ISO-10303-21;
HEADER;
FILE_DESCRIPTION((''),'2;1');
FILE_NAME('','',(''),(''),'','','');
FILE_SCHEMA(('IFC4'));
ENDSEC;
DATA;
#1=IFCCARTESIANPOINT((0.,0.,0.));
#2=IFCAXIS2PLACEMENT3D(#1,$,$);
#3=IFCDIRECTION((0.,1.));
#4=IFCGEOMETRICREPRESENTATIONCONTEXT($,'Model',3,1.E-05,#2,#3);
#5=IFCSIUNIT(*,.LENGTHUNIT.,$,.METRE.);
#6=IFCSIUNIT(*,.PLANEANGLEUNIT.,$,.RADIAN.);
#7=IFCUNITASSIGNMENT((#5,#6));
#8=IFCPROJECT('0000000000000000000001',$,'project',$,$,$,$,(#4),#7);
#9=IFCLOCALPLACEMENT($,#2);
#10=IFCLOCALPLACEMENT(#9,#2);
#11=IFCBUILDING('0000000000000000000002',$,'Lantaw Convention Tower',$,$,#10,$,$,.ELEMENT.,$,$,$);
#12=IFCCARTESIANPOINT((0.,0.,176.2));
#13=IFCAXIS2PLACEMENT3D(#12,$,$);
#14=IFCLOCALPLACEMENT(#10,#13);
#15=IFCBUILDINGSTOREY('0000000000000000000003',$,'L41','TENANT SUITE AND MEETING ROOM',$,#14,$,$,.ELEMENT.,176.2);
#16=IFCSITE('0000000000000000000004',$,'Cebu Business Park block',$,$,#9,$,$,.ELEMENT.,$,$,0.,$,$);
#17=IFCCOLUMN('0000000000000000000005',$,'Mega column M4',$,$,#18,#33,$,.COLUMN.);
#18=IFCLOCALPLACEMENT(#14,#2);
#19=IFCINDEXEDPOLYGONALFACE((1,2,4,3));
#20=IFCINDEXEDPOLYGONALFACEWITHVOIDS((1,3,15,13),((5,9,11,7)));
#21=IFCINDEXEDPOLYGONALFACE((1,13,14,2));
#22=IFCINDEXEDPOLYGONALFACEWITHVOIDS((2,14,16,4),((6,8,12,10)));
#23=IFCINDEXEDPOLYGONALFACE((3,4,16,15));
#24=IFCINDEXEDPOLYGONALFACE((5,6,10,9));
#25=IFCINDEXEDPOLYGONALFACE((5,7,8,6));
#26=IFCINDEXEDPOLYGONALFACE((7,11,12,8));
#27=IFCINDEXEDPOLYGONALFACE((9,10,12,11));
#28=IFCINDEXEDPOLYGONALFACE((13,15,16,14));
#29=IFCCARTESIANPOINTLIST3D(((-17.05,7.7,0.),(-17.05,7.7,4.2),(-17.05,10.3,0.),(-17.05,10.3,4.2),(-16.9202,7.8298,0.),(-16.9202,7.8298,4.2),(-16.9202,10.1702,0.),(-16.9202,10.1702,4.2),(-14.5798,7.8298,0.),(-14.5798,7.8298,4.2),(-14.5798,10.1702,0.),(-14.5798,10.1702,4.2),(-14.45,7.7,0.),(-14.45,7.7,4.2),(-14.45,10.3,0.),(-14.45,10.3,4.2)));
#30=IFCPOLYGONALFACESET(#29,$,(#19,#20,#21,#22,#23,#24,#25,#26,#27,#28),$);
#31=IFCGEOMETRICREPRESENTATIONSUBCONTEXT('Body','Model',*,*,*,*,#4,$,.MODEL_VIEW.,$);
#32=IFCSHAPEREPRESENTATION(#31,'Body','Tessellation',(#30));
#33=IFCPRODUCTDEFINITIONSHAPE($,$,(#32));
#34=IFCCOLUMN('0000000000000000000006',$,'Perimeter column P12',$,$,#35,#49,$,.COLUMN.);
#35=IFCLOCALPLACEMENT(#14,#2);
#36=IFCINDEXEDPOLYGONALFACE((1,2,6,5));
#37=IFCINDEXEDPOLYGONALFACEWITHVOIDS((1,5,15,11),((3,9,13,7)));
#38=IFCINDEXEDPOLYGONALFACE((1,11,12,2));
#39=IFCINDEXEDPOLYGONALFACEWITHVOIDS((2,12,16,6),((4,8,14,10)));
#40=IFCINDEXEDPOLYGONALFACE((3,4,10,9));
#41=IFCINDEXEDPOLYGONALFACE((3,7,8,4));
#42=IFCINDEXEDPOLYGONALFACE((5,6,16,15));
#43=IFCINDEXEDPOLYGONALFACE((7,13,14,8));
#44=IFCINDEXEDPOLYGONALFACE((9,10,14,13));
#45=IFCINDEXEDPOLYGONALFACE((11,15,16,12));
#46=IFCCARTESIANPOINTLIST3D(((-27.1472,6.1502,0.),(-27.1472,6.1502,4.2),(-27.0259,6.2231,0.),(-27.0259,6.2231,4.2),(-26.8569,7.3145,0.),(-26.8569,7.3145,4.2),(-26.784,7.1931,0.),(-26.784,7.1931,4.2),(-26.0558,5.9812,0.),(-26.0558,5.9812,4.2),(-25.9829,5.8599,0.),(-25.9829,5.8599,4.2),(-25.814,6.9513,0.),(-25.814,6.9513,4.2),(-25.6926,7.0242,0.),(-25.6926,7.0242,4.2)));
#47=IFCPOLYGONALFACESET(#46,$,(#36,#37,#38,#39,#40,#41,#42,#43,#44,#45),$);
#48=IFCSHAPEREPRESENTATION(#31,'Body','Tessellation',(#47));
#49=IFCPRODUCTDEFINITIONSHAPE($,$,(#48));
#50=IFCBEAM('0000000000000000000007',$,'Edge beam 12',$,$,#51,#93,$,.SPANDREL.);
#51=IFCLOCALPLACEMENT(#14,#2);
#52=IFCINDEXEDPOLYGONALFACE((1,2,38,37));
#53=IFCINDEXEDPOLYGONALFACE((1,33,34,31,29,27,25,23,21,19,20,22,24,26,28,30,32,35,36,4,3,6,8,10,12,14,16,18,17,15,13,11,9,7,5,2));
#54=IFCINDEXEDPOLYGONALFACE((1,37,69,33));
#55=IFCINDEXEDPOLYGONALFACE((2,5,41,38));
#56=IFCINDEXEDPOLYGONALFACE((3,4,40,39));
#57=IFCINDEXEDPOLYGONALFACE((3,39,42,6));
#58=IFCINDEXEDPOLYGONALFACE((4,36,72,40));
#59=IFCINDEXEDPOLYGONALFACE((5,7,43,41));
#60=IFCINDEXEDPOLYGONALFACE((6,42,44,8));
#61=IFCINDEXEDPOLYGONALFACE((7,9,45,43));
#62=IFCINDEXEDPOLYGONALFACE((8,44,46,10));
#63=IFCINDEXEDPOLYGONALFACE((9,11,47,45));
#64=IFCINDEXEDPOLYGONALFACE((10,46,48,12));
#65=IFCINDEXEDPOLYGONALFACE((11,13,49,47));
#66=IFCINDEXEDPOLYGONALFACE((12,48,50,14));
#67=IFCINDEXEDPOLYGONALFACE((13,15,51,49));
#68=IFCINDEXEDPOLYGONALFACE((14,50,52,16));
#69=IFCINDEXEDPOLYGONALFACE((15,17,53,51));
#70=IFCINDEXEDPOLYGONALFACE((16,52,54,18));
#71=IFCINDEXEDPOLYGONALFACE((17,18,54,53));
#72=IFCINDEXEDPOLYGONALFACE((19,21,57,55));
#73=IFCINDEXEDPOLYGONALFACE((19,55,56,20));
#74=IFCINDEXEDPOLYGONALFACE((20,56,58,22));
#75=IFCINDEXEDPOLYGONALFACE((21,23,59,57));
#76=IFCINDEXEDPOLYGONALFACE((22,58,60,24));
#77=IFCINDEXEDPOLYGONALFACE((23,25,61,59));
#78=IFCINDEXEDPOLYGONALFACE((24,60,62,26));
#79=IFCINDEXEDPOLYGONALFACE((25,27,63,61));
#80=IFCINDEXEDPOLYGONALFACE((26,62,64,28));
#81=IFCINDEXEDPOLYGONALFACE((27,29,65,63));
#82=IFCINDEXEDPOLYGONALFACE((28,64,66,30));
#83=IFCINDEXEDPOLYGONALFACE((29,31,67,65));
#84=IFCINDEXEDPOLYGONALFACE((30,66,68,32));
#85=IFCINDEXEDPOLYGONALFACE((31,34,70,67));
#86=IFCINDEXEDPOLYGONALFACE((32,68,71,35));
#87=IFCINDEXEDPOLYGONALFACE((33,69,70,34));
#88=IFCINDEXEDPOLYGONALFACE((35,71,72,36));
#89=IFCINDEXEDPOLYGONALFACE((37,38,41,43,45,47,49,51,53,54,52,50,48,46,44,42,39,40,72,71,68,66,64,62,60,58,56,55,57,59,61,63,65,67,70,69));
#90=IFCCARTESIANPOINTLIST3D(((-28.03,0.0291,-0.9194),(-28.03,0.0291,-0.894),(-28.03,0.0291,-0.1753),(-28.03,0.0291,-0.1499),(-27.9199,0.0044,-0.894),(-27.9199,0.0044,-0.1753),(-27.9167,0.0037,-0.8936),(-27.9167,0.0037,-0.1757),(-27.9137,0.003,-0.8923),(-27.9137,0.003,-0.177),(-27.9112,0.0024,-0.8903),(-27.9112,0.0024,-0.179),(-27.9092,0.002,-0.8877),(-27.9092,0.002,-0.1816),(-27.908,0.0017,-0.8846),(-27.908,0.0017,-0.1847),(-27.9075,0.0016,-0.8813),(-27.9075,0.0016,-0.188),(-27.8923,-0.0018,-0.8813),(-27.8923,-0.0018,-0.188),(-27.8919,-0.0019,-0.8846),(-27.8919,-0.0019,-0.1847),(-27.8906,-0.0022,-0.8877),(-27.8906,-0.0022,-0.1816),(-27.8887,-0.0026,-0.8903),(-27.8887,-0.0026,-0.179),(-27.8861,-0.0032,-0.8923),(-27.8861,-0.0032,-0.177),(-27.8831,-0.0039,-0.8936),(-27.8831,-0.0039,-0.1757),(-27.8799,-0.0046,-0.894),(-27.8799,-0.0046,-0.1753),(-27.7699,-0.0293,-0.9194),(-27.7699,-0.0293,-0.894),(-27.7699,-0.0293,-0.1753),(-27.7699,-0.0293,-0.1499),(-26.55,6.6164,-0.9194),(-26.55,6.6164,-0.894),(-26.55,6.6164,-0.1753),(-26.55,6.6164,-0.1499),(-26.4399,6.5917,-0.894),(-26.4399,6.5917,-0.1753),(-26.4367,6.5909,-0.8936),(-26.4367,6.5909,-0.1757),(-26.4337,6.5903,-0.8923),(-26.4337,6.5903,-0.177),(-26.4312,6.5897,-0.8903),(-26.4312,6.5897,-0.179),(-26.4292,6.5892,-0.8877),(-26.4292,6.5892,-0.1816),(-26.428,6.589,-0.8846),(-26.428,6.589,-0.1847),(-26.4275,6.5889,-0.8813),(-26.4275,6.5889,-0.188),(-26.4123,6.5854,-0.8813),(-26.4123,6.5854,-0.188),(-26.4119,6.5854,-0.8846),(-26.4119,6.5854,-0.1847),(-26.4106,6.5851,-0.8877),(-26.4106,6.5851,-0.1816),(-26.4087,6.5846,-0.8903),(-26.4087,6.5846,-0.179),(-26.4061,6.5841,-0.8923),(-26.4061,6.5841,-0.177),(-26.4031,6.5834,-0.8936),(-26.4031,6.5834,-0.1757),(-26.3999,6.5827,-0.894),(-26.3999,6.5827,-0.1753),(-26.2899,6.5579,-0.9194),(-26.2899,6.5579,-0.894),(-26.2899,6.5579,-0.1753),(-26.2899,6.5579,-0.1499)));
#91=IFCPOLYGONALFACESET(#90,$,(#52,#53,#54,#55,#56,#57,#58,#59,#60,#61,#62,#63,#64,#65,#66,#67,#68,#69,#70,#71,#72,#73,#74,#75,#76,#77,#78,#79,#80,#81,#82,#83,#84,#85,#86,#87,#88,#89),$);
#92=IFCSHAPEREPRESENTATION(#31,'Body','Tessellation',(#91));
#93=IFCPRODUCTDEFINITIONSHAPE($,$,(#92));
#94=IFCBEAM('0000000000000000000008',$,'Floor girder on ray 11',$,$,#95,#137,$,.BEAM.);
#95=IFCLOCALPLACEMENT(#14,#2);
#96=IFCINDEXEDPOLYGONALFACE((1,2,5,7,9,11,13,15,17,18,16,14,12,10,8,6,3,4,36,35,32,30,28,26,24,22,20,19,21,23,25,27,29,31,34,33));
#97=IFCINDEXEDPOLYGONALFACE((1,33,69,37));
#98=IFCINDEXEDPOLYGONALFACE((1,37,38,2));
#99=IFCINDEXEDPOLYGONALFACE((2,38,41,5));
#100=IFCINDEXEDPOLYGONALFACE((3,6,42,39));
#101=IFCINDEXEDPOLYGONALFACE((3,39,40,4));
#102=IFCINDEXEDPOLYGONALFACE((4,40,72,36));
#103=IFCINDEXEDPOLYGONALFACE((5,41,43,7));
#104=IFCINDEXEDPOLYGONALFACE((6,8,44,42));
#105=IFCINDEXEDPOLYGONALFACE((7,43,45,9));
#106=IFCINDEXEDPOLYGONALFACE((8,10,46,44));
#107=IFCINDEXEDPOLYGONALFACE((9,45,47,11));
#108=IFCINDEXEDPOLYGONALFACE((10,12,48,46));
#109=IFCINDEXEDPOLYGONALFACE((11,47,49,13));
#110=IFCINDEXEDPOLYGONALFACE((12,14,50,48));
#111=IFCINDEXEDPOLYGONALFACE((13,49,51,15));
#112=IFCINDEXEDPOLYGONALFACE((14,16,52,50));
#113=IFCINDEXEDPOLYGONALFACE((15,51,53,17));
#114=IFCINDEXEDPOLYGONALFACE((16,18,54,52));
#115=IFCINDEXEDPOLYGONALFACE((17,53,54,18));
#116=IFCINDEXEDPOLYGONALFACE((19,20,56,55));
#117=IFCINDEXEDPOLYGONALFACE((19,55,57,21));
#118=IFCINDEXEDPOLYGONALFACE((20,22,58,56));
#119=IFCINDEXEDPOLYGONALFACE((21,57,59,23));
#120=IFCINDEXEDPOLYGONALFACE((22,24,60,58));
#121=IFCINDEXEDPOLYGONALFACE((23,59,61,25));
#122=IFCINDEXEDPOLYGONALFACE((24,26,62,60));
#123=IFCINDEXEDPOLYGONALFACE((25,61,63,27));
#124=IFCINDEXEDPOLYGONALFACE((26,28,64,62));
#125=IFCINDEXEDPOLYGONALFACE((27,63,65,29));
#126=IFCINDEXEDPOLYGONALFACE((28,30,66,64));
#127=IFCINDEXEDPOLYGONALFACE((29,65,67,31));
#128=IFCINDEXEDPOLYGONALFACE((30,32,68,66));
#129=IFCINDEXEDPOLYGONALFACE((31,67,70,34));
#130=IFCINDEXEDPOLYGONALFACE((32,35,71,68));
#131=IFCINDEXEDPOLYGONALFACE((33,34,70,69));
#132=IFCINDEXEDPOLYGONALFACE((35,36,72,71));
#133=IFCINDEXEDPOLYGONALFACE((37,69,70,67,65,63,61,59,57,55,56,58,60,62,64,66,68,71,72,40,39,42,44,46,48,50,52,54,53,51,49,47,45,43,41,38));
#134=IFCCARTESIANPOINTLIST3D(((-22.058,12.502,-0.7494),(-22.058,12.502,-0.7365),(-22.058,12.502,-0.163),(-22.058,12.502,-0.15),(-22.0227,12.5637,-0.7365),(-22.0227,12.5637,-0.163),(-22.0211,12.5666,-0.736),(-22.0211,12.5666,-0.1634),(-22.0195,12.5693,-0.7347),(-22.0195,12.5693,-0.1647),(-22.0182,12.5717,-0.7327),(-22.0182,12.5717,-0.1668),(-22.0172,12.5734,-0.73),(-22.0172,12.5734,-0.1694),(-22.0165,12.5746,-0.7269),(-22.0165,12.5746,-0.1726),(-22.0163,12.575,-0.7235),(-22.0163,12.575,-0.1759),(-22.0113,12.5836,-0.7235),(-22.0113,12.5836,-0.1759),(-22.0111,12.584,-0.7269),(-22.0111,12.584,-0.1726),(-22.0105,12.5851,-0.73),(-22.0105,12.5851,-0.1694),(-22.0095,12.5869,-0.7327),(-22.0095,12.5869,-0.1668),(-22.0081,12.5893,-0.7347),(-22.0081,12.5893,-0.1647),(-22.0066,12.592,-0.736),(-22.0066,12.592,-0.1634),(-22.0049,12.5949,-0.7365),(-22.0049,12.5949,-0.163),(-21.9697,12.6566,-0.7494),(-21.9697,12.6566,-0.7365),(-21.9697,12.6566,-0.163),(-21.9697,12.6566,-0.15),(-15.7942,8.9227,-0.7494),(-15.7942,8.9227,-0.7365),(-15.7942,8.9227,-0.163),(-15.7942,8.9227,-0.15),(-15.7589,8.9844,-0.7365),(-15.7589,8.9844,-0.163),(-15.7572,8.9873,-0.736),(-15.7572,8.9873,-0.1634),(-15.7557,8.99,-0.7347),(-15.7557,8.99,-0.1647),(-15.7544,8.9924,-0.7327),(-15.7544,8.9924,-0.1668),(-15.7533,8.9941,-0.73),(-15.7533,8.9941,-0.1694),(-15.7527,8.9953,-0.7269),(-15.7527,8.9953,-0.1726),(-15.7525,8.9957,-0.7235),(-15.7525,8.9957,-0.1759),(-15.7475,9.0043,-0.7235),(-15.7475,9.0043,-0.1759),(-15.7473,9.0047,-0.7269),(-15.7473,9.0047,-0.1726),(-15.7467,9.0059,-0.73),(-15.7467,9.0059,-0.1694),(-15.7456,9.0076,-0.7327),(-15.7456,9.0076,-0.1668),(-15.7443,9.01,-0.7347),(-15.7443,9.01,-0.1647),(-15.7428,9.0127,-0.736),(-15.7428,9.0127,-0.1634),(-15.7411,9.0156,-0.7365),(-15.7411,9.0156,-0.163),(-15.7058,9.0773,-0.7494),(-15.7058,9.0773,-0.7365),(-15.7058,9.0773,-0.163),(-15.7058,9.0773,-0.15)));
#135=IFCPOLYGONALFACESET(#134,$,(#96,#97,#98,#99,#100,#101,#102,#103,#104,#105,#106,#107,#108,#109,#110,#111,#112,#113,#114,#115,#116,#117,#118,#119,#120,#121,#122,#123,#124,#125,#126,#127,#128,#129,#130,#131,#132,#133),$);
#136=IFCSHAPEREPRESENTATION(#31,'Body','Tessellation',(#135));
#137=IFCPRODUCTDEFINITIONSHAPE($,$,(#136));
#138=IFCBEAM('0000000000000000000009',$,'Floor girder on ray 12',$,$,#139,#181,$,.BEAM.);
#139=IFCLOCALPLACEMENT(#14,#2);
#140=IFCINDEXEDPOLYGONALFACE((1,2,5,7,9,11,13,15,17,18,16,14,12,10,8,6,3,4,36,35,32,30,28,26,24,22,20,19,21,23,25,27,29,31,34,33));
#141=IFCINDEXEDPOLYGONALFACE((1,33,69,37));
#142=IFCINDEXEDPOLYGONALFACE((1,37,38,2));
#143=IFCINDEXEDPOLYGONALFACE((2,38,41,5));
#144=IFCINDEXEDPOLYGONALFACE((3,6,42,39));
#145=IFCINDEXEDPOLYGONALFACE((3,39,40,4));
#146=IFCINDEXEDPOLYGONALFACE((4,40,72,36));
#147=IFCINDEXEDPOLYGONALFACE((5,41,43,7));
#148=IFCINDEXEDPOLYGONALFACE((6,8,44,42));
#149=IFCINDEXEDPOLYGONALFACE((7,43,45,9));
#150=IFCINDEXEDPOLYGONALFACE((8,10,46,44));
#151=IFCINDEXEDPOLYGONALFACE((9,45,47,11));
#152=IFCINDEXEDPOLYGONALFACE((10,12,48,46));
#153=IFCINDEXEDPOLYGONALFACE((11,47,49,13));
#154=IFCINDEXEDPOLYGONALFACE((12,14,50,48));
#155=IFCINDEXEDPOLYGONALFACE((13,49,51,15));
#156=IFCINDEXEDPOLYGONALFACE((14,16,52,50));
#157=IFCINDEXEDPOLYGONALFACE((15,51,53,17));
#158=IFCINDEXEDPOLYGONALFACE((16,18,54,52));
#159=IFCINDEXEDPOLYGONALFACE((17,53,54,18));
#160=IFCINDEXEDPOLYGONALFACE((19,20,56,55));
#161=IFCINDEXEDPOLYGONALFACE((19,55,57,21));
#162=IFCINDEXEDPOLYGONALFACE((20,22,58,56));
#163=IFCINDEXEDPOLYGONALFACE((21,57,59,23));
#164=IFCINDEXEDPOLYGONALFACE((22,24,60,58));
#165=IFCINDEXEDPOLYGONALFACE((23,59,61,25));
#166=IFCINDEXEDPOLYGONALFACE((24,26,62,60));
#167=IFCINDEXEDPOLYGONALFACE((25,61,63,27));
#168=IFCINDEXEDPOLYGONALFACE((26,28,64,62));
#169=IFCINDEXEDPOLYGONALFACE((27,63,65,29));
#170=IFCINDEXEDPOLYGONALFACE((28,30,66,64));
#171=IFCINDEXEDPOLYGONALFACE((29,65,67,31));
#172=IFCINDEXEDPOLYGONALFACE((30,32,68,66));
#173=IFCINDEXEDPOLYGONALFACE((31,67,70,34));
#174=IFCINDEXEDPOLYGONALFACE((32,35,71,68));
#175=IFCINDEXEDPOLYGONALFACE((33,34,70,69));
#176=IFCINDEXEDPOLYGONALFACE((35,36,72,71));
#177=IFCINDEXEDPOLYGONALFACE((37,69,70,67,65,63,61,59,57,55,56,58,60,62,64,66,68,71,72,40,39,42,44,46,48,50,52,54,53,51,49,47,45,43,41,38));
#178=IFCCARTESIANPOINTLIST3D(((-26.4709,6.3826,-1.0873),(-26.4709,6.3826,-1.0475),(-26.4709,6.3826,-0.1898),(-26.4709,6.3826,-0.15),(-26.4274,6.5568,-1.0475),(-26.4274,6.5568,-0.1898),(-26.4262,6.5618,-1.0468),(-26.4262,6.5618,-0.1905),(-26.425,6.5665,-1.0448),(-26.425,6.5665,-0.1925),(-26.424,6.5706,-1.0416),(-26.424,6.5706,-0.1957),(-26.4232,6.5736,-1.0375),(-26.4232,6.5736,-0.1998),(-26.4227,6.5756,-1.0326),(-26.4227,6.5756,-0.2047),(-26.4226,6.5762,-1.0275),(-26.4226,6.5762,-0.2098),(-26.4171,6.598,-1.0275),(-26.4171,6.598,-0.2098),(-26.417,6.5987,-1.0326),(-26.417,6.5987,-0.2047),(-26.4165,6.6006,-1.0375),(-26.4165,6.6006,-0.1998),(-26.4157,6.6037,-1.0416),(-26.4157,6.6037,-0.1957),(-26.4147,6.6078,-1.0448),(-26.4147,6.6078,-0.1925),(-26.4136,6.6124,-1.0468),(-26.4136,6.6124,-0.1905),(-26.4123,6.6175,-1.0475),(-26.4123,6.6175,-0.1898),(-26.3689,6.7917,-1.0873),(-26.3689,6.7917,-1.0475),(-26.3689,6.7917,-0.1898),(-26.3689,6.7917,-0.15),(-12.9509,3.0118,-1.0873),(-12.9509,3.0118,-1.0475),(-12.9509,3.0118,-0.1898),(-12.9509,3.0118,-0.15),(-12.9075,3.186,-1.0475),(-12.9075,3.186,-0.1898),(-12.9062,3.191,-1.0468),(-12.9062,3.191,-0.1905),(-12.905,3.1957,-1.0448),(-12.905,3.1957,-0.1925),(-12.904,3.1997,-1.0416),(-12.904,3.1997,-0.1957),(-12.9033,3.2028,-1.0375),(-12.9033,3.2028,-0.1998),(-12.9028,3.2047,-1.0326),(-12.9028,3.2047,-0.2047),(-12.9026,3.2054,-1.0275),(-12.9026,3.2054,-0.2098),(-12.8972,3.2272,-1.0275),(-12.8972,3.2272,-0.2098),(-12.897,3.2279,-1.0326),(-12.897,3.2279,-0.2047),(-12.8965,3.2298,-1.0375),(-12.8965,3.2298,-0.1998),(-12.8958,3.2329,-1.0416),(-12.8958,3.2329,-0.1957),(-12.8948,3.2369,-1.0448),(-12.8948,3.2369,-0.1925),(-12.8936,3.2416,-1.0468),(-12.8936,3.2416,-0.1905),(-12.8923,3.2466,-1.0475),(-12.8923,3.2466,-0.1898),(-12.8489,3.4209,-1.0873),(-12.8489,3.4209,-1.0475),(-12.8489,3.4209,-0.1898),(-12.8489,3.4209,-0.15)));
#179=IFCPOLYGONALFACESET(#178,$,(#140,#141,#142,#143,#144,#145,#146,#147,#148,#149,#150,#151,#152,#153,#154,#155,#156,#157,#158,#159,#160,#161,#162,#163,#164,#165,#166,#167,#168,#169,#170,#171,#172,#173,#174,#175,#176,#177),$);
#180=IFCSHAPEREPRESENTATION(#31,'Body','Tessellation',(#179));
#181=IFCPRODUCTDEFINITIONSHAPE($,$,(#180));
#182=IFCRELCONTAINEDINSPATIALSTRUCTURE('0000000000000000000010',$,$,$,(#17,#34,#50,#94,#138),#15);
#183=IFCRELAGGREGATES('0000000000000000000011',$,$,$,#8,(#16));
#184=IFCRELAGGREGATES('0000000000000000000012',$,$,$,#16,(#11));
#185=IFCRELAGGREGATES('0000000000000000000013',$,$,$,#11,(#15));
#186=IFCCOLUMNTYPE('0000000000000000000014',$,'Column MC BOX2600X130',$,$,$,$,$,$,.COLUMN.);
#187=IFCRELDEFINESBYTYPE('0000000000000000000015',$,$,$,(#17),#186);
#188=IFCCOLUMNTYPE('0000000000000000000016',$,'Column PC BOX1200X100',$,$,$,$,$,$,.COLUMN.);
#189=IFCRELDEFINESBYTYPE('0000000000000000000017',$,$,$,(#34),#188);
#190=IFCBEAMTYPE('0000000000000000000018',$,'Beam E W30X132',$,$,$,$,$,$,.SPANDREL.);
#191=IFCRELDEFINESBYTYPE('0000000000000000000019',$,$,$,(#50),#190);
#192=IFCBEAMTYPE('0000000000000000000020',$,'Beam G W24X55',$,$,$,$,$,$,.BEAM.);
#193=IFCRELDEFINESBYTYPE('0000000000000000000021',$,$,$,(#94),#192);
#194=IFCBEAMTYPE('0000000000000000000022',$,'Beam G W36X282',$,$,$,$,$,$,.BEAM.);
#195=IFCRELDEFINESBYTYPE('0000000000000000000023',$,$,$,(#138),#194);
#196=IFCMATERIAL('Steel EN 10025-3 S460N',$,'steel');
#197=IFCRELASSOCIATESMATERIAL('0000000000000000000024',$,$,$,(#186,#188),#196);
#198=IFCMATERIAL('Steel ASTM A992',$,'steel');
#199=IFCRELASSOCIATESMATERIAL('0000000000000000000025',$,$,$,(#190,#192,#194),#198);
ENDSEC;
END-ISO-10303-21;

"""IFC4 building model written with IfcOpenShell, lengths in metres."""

from ifc_helpers import new_model, si_unit, direction, frame, origin, origin_2d, place, context, subcontext, project, spatial, rectangle, hollow_rectangle, i_section, extrude, material, material_profile, profile_set, type_object, element, save


model = new_model("IFC4")

# Units and contexts
model_context = context("Model", 3, precision=1e-05, world=origin(), true_north=direction((0.0, 1.0)))
body_context = subcontext(model_context, "Body", "Model", "MODEL_VIEW")
ifc_project = project(units=[si_unit("LENGTHUNIT", "METRE"), si_unit("PLANEANGLEUNIT", "RADIAN")], contexts=[model_context])

# Site, building, storey
site_placement = place(None, origin())
site = spatial("IfcSite", under=ifc_project, at=site_placement, Name="Cebu Business Park block", CompositionType="ELEMENT", RefElevation=0.0)
building_placement = place(site_placement, origin())
building = spatial("IfcBuilding", under=site, at=building_placement, Name="Lantaw Convention Tower", CompositionType="ELEMENT")
storey_placement = place(building_placement, frame((0.0, 0.0, 176.2)))
storey = spatial("IfcBuildingStorey", under=building, at=storey_placement, Name="L41", Description="TENANT SUITE AND MEETING ROOM", CompositionType="ELEMENT", Elevation=176.2)

# Columns
ifc_material_1 = material(Name="Steel EN 10025-3 S460N", Category="steel")
ifc_material_profile_1 = material_profile(ifc_material_1, hollow_rectangle(XDim=2.6001, YDim=2.6001, WallThickness=0.1299, at=origin_2d()), Name="BOX2600X130")
ifc_material_2 = material(Name="Concrete C60/75", Category="concrete")
ifc_material_profile_2 = material_profile(ifc_material_2, rectangle(XDim=2.3401, YDim=2.3401, at=origin_2d()), Name="Concrete fill of BOX2600X130")
ifc_profile_set_1 = profile_set([ifc_material_profile_1, ifc_material_profile_2], Name="Steel EN 10025-3 S460N")
column_type_1 = type_object("IfcColumnType", Name="Column MC BOX2600X130", PredefinedType="COLUMN", material=ifc_profile_set_1)
column_1_placement = place(storey_placement, frame((-15.75, 9.0, 0.0), z_axis=(0.0, 0.0, 1.0), x_axis=(1.0, 0.0, 0.0)))
element("IfcColumn", 1, at=column_1_placement, inside=storey, type_object=column_type_1, Name="Mega column M4", PredefinedType="COLUMN", context=body_context, shape_type="SweptSolid", body=[
    extrude(hollow_rectangle(XDim=2.6001, YDim=2.6001, WallThickness=0.1299, at=origin_2d()), origin(), (0.0, 0.0, 1.0), 4.2),
])
ifc_material_profile_3 = material_profile(ifc_material_1, hollow_rectangle(XDim=1.2, YDim=1.2, WallThickness=0.1001, at=origin_2d()), Name="BOX1200X100")
ifc_material_profile_4 = material_profile(ifc_material_2, rectangle(XDim=1.0, YDim=1.0, at=origin_2d()), Name="Concrete fill of BOX1200X100")
ifc_profile_set_2 = profile_set([ifc_material_profile_3, ifc_material_profile_4], Name="Steel EN 10025-3 S460N")
column_type_2 = type_object("IfcColumnType", Name="Column PC BOX1200X100", PredefinedType="COLUMN", material=ifc_profile_set_2)
column_2_placement = place(storey_placement, frame((-26.4199, 6.5872, 0.0), z_axis=(0.0, 0.0, 1.0), x_axis=(0.241922, 0.970296, 0.0)))
element("IfcColumn", 2, at=column_2_placement, inside=storey, type_object=column_type_2, Name="Perimeter column P12", PredefinedType="COLUMN", context=body_context, shape_type="SweptSolid", body=[
    extrude(hollow_rectangle(XDim=1.2, YDim=1.2, WallThickness=0.1001, at=origin_2d()), origin(), (0.0, 0.0, 1.0), 4.2),
])

# Beams
ifc_material_3 = material(Name="Steel ASTM A992", Category="steel")
ifc_material_profile_5 = material_profile(ifc_material_3, i_section(OverallWidth=0.2666, OverallDepth=0.7695, WebThickness=0.0156, FlangeThickness=0.0254, FilletRadius=0.0127, at=origin_2d()), Name="W30X132")
ifc_profile_set_3 = profile_set([ifc_material_profile_5], Name="Steel ASTM A992")
beam_type_1 = type_object("IfcBeamType", Name="Beam E W30X132", PredefinedType="SPANDREL", material=ifc_profile_set_3)
beam_1_placement = place(storey_placement, frame((-26.4199, 6.5872, -0.5347), z_axis=(-0.219212, -0.975677, 0.0), x_axis=(0.975677, -0.219212, 0.0)))
element("IfcBeam", 3, at=beam_1_placement, inside=storey, type_object=beam_type_1, Name="Edge beam 12", PredefinedType="SPANDREL", context=body_context, shape_type="SweptSolid", body=[
    extrude(i_section(OverallWidth=0.2666, OverallDepth=0.7695, WebThickness=0.0156, FlangeThickness=0.0254, FilletRadius=0.0127, at=origin_2d()), origin(), (0.0, 0.0, 1.0), 6.7515),
])
ifc_material_profile_6 = material_profile(ifc_material_3, i_section(OverallWidth=0.178, OverallDepth=0.5994, WebThickness=0.01, FlangeThickness=0.0129, FilletRadius=0.0129, at=origin_2d()), Name="W24X55")
ifc_profile_set_4 = profile_set([ifc_material_profile_6], Name="Steel ASTM A992")
beam_type_2 = type_object("IfcBeamType", Name="Beam G W24X55", PredefinedType="BEAM", material=ifc_profile_set_4)
beam_2_placement = place(storey_placement, frame((-15.75, 9.0, -0.4497), z_axis=(-0.868245, 0.496135, 0.0), x_axis=(-0.496135, -0.868245, 0.0)))
element("IfcBeam", 4, at=beam_2_placement, inside=storey, type_object=beam_type_2, Name="Floor girder on ray 11", PredefinedType="BEAM", context=body_context, shape_type="SweptSolid", body=[
    extrude(i_section(OverallWidth=0.178, OverallDepth=0.5994, WebThickness=0.01, FlangeThickness=0.0129, FilletRadius=0.0129, at=origin_2d()), origin(), (0.0, 0.0, 1.0), 7.2144),
])
ifc_material_profile_7 = material_profile(ifc_material_3, i_section(OverallWidth=0.4216, OverallDepth=0.9373, WebThickness=0.0225, FlangeThickness=0.0398, FilletRadius=0.02, at=origin_2d()), Name="W36X282")
ifc_profile_set_5 = profile_set([ifc_material_profile_7], Name="Steel ASTM A992")
beam_type_3 = type_object("IfcBeamType", Name="Beam G W36X282", PredefinedType="BEAM", material=ifc_profile_set_5)
beam_3_placement = place(storey_placement, frame((-12.8999, 3.2163, -0.6187), z_axis=(-0.970297, 0.241917, 0.0), x_axis=(-0.241917, -0.970297, 0.0)))
element("IfcBeam", 5, at=beam_3_placement, inside=storey, type_object=beam_type_3, Name="Floor girder on ray 12", PredefinedType="BEAM", context=body_context, shape_type="SweptSolid", body=[
    extrude(i_section(OverallWidth=0.4216, OverallDepth=0.9373, WebThickness=0.0225, FlangeThickness=0.0398, FilletRadius=0.02, at=origin_2d()), origin(), (0.0, 0.0, 1.0), 13.9338),
])

save(model, "model.ifc")
